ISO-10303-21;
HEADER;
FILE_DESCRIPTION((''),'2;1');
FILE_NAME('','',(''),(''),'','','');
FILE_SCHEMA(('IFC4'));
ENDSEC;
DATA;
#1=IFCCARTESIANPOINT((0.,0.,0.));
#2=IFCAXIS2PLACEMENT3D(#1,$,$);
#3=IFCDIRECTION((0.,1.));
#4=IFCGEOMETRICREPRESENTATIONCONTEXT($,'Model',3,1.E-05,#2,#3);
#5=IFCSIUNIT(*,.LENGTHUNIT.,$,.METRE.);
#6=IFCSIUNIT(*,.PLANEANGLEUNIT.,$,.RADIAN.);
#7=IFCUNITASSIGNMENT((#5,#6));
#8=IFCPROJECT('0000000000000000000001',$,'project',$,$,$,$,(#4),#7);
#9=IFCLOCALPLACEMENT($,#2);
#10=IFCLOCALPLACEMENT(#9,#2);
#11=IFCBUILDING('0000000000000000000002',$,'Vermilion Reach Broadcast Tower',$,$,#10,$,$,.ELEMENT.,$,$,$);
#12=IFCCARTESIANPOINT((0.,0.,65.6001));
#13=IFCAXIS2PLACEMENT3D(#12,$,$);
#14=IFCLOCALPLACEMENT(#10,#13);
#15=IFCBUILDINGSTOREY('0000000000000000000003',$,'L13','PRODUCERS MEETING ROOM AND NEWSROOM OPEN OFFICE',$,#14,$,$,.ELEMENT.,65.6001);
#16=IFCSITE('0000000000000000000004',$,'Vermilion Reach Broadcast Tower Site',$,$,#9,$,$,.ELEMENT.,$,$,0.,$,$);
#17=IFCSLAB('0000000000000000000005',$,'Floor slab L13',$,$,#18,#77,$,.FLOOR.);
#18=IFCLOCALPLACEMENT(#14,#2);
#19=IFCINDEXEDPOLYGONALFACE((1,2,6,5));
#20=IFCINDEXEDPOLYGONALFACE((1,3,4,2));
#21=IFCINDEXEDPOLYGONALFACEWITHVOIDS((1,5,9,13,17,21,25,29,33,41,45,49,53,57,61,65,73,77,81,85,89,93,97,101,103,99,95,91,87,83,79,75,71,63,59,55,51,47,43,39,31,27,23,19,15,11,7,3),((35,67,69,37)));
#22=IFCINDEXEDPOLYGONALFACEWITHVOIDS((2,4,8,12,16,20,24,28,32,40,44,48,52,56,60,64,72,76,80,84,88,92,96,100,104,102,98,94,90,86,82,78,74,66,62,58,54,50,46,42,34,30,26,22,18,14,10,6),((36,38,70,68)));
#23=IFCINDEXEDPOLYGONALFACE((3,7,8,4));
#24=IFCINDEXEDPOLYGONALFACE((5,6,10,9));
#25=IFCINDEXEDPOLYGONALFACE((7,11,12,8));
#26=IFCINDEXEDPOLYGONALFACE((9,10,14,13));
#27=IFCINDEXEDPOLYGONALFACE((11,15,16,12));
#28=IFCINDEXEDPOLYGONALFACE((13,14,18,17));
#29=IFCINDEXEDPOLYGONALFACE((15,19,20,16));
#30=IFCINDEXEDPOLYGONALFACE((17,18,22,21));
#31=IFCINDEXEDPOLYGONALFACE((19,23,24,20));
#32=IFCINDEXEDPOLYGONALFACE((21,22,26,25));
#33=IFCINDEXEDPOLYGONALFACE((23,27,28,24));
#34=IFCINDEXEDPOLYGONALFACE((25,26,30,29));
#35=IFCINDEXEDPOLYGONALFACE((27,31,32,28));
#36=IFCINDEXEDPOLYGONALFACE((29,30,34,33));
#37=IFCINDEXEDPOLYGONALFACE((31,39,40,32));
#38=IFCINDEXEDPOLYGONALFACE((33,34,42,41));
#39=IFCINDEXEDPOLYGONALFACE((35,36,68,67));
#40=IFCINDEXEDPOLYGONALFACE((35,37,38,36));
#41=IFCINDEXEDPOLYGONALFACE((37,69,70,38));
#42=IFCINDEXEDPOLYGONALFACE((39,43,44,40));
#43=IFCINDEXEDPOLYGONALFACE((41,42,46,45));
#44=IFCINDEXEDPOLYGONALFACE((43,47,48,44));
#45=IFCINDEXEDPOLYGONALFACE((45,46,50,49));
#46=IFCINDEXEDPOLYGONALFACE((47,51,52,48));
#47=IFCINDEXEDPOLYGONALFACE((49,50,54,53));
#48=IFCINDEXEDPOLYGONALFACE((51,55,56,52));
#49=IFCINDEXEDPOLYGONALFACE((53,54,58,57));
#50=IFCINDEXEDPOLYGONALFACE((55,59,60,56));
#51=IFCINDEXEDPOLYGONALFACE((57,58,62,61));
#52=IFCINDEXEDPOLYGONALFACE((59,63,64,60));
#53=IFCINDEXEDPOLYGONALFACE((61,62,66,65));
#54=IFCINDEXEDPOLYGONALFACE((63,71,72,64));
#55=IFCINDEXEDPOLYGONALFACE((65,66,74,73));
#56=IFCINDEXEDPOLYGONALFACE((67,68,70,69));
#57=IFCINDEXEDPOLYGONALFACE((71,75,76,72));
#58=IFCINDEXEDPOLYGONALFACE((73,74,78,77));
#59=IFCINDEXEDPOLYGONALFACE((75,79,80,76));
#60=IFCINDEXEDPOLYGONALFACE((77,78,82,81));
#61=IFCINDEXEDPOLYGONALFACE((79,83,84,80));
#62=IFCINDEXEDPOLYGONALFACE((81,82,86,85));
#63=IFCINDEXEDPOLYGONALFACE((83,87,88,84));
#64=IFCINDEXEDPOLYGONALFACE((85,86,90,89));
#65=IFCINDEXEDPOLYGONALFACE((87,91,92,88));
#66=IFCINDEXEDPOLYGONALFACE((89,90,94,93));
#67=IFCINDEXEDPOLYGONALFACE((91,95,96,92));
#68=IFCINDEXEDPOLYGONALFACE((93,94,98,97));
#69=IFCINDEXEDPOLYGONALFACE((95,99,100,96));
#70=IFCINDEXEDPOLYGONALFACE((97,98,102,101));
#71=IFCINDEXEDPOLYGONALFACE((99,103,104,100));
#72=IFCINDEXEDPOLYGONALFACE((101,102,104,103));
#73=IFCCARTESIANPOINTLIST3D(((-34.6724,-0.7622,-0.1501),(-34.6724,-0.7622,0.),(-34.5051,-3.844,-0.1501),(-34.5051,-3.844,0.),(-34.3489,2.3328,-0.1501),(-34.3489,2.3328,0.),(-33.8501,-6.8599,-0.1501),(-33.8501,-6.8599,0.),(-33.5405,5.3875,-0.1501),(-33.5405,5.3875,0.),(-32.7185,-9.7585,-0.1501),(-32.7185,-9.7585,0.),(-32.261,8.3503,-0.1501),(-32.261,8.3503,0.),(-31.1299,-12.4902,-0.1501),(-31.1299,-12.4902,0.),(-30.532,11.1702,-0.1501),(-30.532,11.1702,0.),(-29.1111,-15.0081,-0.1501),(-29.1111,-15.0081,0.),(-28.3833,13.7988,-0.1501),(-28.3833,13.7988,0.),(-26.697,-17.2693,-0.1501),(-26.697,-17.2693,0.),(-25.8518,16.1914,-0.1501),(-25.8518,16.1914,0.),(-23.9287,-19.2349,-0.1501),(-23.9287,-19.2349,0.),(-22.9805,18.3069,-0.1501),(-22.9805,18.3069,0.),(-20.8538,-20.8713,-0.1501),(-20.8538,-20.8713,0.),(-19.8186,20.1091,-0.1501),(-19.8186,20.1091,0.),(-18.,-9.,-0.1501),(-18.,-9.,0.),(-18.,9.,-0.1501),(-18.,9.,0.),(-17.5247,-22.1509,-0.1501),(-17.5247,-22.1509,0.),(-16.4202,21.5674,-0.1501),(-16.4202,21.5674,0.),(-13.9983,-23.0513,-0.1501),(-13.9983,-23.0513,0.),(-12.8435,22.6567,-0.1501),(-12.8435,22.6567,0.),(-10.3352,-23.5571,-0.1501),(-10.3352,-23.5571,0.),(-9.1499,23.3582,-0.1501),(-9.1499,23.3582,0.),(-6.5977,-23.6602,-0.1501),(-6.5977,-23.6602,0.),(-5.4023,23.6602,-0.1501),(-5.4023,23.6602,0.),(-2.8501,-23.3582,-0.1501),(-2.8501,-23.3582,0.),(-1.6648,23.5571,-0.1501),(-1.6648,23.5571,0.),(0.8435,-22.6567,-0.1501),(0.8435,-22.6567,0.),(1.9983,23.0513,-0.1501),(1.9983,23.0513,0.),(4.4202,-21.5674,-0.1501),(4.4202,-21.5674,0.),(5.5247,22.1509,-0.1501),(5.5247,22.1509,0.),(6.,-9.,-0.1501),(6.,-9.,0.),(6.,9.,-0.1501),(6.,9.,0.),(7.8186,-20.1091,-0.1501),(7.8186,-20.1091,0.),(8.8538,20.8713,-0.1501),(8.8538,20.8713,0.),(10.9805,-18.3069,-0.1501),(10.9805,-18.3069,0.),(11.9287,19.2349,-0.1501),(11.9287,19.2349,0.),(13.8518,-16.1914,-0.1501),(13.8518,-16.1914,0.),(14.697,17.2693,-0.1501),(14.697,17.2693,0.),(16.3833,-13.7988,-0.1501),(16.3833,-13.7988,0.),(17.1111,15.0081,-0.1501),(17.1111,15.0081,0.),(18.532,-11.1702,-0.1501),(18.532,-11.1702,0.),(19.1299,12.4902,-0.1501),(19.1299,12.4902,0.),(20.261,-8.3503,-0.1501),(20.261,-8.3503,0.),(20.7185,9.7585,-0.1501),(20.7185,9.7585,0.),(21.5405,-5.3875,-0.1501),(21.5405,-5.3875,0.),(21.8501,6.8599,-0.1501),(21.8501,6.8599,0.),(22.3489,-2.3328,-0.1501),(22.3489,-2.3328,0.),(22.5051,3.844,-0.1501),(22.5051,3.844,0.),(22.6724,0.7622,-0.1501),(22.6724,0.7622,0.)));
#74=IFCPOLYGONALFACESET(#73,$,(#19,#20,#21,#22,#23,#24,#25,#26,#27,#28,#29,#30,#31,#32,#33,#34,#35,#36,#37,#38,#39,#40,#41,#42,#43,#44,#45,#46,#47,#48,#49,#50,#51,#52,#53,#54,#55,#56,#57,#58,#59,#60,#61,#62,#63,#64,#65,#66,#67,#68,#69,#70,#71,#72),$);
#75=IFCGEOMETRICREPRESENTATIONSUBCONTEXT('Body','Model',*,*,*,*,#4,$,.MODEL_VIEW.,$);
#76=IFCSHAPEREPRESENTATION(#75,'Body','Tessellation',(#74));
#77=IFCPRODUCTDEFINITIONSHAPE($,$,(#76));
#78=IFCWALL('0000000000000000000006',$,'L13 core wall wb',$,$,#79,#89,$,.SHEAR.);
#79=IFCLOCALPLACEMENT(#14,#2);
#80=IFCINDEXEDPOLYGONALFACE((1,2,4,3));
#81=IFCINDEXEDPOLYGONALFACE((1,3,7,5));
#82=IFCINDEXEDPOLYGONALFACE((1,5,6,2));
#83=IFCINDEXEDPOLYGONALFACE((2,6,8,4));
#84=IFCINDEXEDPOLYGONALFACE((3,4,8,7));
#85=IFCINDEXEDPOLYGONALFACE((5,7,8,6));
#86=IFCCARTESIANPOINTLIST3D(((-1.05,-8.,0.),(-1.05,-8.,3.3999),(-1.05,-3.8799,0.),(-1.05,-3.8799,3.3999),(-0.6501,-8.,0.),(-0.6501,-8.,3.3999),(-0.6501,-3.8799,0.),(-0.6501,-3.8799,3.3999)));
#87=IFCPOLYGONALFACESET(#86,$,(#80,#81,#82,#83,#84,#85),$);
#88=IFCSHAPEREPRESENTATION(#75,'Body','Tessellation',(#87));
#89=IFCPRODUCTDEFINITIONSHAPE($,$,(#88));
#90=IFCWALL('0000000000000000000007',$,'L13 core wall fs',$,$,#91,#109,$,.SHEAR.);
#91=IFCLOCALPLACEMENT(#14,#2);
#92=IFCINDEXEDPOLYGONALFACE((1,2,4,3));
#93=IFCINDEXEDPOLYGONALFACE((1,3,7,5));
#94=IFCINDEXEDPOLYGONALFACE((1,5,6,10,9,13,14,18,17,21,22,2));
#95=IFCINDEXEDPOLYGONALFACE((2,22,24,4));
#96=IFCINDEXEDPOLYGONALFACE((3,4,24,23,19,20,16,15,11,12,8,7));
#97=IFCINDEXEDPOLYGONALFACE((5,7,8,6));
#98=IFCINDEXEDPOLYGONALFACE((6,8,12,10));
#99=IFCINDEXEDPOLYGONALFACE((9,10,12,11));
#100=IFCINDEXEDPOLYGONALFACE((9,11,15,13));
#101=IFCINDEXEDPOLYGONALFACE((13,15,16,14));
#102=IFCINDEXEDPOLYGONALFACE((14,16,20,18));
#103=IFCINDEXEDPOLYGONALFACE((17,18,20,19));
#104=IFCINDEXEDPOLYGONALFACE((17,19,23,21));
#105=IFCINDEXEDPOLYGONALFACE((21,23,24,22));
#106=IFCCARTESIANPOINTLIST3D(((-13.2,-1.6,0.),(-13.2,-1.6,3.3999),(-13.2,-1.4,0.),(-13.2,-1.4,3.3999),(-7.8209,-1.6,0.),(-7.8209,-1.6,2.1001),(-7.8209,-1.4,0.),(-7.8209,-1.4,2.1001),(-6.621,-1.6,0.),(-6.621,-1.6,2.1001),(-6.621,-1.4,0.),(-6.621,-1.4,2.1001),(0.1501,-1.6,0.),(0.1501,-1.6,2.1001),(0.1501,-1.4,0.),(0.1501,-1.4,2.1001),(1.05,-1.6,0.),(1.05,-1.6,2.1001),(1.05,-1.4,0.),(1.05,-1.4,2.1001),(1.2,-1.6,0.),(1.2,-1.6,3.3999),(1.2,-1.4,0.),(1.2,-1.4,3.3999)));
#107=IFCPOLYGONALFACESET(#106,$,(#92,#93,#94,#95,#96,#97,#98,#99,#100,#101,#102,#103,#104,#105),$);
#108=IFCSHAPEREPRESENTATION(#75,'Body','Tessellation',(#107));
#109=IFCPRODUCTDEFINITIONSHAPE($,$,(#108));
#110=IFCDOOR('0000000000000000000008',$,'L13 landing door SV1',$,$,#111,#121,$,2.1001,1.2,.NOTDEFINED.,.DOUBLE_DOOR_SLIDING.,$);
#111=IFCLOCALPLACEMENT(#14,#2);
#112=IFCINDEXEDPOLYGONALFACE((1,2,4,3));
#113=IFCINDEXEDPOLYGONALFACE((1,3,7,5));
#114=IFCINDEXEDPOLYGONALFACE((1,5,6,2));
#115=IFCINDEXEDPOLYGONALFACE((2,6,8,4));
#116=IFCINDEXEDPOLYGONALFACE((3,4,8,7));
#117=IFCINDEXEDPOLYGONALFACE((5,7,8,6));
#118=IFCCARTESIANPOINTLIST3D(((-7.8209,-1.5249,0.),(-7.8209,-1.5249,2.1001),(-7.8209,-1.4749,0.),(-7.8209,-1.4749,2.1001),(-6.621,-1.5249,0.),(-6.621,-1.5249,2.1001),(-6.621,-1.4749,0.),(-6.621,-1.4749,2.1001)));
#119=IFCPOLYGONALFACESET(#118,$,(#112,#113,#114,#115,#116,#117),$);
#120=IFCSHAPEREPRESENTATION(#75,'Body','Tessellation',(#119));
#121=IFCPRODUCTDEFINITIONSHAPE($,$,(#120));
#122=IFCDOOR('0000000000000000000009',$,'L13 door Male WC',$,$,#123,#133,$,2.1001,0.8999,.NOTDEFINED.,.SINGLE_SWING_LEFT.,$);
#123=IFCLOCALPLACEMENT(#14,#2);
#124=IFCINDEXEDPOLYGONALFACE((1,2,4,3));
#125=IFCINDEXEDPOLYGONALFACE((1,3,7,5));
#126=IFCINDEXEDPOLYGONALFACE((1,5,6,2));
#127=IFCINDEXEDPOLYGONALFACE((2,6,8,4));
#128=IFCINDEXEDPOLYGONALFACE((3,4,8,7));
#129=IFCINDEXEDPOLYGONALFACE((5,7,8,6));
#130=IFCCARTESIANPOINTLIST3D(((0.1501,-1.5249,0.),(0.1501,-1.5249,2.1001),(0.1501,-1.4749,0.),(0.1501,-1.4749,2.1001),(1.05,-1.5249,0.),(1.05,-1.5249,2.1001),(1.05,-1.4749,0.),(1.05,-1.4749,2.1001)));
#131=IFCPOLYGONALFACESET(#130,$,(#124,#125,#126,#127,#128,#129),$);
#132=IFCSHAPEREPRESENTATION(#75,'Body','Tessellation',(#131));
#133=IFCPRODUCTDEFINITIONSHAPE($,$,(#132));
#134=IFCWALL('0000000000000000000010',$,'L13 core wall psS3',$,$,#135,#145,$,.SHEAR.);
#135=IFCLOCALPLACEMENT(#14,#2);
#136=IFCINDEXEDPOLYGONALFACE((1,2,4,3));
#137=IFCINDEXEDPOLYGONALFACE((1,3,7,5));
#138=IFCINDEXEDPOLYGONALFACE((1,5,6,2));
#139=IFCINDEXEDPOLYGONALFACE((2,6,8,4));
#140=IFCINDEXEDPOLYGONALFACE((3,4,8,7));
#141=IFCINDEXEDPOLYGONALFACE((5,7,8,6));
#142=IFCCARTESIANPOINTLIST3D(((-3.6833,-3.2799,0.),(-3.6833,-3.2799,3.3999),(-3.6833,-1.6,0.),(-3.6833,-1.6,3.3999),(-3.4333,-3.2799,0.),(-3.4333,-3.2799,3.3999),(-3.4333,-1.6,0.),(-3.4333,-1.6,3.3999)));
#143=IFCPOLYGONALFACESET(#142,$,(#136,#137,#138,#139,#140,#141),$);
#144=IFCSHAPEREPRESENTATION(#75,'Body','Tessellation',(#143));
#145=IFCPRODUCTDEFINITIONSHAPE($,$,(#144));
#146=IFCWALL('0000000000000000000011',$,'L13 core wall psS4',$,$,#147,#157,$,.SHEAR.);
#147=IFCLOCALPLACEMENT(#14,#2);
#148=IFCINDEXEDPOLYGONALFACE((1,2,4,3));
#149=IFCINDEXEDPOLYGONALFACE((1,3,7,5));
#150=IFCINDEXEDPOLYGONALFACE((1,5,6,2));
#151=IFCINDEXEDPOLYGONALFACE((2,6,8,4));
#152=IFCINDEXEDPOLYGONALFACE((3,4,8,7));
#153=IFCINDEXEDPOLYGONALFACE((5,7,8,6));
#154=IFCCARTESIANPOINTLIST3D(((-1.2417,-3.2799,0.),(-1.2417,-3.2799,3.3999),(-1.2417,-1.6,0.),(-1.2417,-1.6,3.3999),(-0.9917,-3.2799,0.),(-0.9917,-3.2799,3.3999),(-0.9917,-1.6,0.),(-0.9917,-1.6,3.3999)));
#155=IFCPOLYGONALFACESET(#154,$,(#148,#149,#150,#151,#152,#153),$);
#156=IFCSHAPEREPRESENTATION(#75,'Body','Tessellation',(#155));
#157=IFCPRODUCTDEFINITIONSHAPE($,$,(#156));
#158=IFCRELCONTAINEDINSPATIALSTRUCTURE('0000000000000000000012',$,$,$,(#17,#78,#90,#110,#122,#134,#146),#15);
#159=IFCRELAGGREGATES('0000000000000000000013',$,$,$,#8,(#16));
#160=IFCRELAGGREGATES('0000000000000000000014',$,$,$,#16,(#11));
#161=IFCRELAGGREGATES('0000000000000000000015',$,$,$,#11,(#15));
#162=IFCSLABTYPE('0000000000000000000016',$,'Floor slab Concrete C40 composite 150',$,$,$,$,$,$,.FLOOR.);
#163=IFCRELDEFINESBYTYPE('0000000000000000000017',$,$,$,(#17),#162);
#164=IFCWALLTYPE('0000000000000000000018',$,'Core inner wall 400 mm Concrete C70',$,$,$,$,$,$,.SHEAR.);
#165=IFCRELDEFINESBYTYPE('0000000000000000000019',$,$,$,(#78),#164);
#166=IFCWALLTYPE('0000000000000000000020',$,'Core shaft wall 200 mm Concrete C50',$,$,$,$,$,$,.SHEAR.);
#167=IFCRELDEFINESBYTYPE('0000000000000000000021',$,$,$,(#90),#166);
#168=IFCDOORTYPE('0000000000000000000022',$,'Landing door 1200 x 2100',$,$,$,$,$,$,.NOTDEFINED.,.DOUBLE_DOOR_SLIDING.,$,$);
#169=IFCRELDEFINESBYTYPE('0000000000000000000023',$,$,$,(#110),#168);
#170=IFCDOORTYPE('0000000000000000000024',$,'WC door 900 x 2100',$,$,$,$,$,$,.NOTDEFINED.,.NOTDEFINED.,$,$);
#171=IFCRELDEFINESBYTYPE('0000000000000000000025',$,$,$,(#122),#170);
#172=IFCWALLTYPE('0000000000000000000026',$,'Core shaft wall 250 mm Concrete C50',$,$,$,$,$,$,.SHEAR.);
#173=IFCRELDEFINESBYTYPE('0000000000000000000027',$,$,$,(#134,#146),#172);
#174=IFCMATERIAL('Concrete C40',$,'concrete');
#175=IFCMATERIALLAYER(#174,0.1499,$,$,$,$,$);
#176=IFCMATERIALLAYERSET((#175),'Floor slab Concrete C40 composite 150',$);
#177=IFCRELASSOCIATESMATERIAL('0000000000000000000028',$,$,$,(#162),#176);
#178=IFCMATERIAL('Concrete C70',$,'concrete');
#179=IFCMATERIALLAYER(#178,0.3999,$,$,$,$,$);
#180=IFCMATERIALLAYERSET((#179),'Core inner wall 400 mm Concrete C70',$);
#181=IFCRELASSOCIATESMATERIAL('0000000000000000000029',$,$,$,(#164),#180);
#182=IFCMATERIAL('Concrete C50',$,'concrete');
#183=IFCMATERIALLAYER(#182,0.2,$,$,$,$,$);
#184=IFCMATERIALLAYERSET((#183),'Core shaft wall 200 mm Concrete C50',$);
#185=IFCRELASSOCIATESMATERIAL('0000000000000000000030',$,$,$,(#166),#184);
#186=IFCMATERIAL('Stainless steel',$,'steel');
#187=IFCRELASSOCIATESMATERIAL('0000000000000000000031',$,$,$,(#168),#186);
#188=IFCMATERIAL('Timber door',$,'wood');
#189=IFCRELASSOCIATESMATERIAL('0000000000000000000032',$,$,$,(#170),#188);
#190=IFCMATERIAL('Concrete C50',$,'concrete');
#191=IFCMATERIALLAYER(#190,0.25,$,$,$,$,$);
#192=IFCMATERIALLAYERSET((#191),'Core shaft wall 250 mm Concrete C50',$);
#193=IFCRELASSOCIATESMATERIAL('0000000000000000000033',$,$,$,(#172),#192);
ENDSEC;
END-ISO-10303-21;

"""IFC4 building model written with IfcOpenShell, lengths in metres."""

from ifc_helpers import new_model, si_unit, direction, frame, frame_2d, origin, place, context, subcontext, project, spatial, polyline, rectangle, outline, extrude, material, layer, layer_set, type_object, element, fill, save


model = new_model("IFC4")

# Units and contexts
model_context = context("Model", 3, precision=1e-05, world=origin(), true_north=direction((0.0, 1.0)))
body_context = subcontext(model_context, "Body", "Model", "MODEL_VIEW")
ifc_project = project(units=[si_unit("LENGTHUNIT", "METRE"), si_unit("PLANEANGLEUNIT", "RADIAN")], contexts=[model_context])

# Site, building, storey
site_placement = place(None, origin())
site = spatial("IfcSite", under=ifc_project, at=site_placement, Name="Vermilion Reach Broadcast Tower Site", CompositionType="ELEMENT", RefElevation=0.0)
building_placement = place(site_placement, origin())
building = spatial("IfcBuilding", under=site, at=building_placement, Name="Vermilion Reach Broadcast Tower", CompositionType="ELEMENT")
storey_placement = place(building_placement, frame((0.0, 0.0, 65.6001)))
storey = spatial("IfcBuildingStorey", under=building, at=storey_placement, Name="L13", Description="PRODUCERS MEETING ROOM AND NEWSROOM OPEN OFFICE", CompositionType="ELEMENT", Elevation=65.6001)

# Slab
ifc_material_1 = material(Name="Concrete C40", Category="concrete")
ifc_layer_1 = layer(ifc_material_1, 0.1499)
ifc_layer_set_1 = layer_set([ifc_layer_1], Name="Floor slab Concrete C40 composite 150")
slab_type_1 = type_object("IfcSlabType", Name="Floor slab Concrete C40 composite 150", PredefinedType="FLOOR", material=ifc_layer_set_1)
slab_1_placement = place(storey_placement, frame((0.0, 0.0, -0.1501)))
element("IfcSlab", 1, at=slab_1_placement, inside=storey, type_object=slab_type_1, Name="Floor slab L13", PredefinedType="FLOOR", context=body_context, shape_type="SweptSolid", body=[
    extrude(outline(polyline([(22.5051, 3.844), (21.8501, 6.8599), (20.7185, 9.7585), (19.1299, 12.4902), (17.1111, 15.0081), (14.697, 17.2693), (11.9287, 19.2349), (8.8538, 20.8713), (5.5247, 22.1509), (1.9983, 23.0513), (-1.6648, 23.5571), (-5.4023, 23.6602), (-9.1499, 23.3582), (-12.8435, 22.6567), (-16.4202, 21.5674), (-19.8186, 20.1091), (-22.9805, 18.3069), (-25.8518, 16.1914), (-28.3833, 13.7988), (-30.532, 11.1702), (-32.261, 8.3503), (-33.5405, 5.3875), (-34.3489, 2.3328), (-34.6724, -0.7622), (-34.5051, -3.844), (-33.8501, -6.8599), (-32.7185, -9.7585), (-31.1299, -12.4902), (-29.1111, -15.0081), (-26.697, -17.2693), (-23.9287, -19.2349), (-20.8538, -20.8713), (-17.5247, -22.1509), (-13.9983, -23.0513), (-10.3352, -23.5571), (-6.5977, -23.6602), (-2.8501, -23.3582), (0.8435, -22.6567), (4.4202, -21.5674), (7.8186, -20.1091), (10.9805, -18.3069), (13.8518, -16.1914), (16.3833, -13.7988), (18.532, -11.1702), (20.261, -8.3503), (21.5405, -5.3875), (22.3489, -2.3328), (22.6724, 0.7622), (22.5051, 3.844)]), holes=[polyline([(-18.0, -9.0), (6.0, -9.0), (6.0, 9.0), (-18.0, 9.0), (-18.0, -9.0)])]), origin(), (0.0, 0.0, 1.0), 0.1501),
])

# Wall
ifc_material_2 = material(Name="Concrete C70", Category="concrete")
ifc_layer_2 = layer(ifc_material_2, 0.3999)
ifc_layer_set_2 = layer_set([ifc_layer_2], Name="Core inner wall 400 mm Concrete C70")
wall_type_1 = type_object("IfcWallType", Name="Core inner wall 400 mm Concrete C70", PredefinedType="SHEAR", material=ifc_layer_set_2)
wall_1_placement = place(storey_placement, frame((-0.8501, -3.8799, 0.0), z_axis=(0.0, 0.0, 1.0), x_axis=(0.0, -1.0, 0.0)))
element("IfcWall", 2, at=wall_1_placement, inside=storey, type_object=wall_type_1, Name="L13 core wall wb", PredefinedType="SHEAR", context=body_context, shape_type="SweptSolid", body=[
    extrude(rectangle(XDim=4.1201, YDim=0.3999, at=frame_2d((2.0601, 0.0))), origin(), (0.0, 0.0, 1.0), 3.3999),
])

# Wall, openings, doors
ifc_material_3 = material(Name="Concrete C50", Category="concrete")
ifc_layer_3 = layer(ifc_material_3, 0.2)
ifc_layer_set_3 = layer_set([ifc_layer_3], Name="Core shaft wall 200 mm Concrete C50")
wall_type_2 = type_object("IfcWallType", Name="Core shaft wall 200 mm Concrete C50", PredefinedType="SHEAR", material=ifc_layer_set_3)
wall_2_placement = place(storey_placement, frame((1.2, -1.5, 0.0), z_axis=(0.0, 0.0, 1.0), x_axis=(-1.0, 0.0, 0.0)))
wall_2 = element("IfcWall", 3, at=wall_2_placement, inside=storey, type_object=wall_type_2, Name="L13 core wall fs", PredefinedType="SHEAR", context=body_context, shape_type="SweptSolid", body=[
    extrude(rectangle(XDim=14.3999, YDim=0.2, at=frame_2d((7.2, 0.0))), origin(), (0.0, 0.0, 1.0), 3.3999),
])
opening_1_placement = place(wall_2_placement, frame((7.8208, 0.0, 0.0)))
opening_1 = element("IfcOpeningElement", 4, at=opening_1_placement, cuts=wall_2, PredefinedType="OPENING", context=body_context, shape_type="SweptSolid", body=[
    extrude(rectangle(XDim=1.2, YDim=2.1001, at=frame_2d((0.6001, 1.05))), frame((0.0, 0.1099, 0.0), z_axis=(0.0, -1.0, 0.0), x_axis=(1.0, 0.0, 0.0)), (0.0, 0.0, 1.0), 0.22),
])
opening_2_placement = place(wall_2_placement, frame((0.1499, 0.0, 0.0)))
opening_2 = element("IfcOpeningElement", 5, at=opening_2_placement, cuts=wall_2, PredefinedType="OPENING", context=body_context, shape_type="SweptSolid", body=[
    extrude(rectangle(XDim=0.8999, YDim=2.1001, at=frame_2d((0.45, 1.05))), frame((0.0, 0.1099, 0.0), z_axis=(0.0, -1.0, 0.0), x_axis=(1.0, 0.0, 0.0)), (0.0, 0.0, 1.0), 0.22),
])
ifc_material_4 = material(Name="Stainless steel", Category="steel")
door_type_1 = type_object("IfcDoorType", Name="Landing door 1200 x 2100", OperationType="DOUBLE_DOOR_SLIDING", PredefinedType="NOTDEFINED", material=ifc_material_4)
door_1_placement = place(opening_1_placement, origin())
door_1 = element("IfcDoor", 6, at=door_1_placement, inside=storey, type_object=door_type_1, Name="L13 landing door SV1", OperationType="DOUBLE_DOOR_SLIDING", OverallHeight=2.1001, OverallWidth=1.2, PredefinedType="NOTDEFINED", context=body_context, shape_type="SweptSolid", body=[
    extrude(rectangle(XDim=1.2, YDim=2.1001, at=frame_2d((0.6001, 1.05))), frame((0.0, 0.0249, 0.0), z_axis=(0.0, -1.0, 0.0), x_axis=(1.0, 0.0, 0.0)), (0.0, 0.0, 1.0), 0.05),
])
fill(opening_1, door_1)
ifc_material_5 = material(Name="Timber door", Category="wood")
door_type_2 = type_object("IfcDoorType", Name="WC door 900 x 2100", OperationType="NOTDEFINED", PredefinedType="NOTDEFINED", material=ifc_material_5)
door_2_placement = place(opening_2_placement, origin())
door_2 = element("IfcDoor", 7, at=door_2_placement, inside=storey, type_object=door_type_2, Name="L13 door Male WC", OperationType="SINGLE_SWING_LEFT", OverallHeight=2.1001, OverallWidth=0.8999, PredefinedType="NOTDEFINED", context=body_context, shape_type="SweptSolid", body=[
    extrude(rectangle(XDim=0.8999, YDim=2.1001, at=frame_2d((0.45, 1.05))), frame((0.0, 0.0249, 0.0), z_axis=(0.0, -1.0, 0.0), x_axis=(1.0, 0.0, 0.0)), (0.0, 0.0, 1.0), 0.05),
])
fill(opening_2, door_2)

# Walls
ifc_material_6 = material(Name="Concrete C50", Category="concrete")
ifc_layer_4 = layer(ifc_material_6, 0.25)
ifc_layer_set_4 = layer_set([ifc_layer_4], Name="Core shaft wall 250 mm Concrete C50")
wall_type_3 = type_object("IfcWallType", Name="Core shaft wall 250 mm Concrete C50", PredefinedType="SHEAR", material=ifc_layer_set_4)
for number, where, z_axis, x_axis, name in (
    (8, (-3.5583, -1.6001, 0.0), (0.0, 0.0, 1.0), (0.0, -1.0, 0.0), "L13 core wall psS3"),
    (9, (-1.1167, -1.6001, 0.0), (0.0, 0.0, 1.0), (0.0, -1.0, 0.0), "L13 core wall psS4"),
):
    element("IfcWall", number, at=place(storey_placement, frame(where, z_axis=z_axis, x_axis=x_axis)), inside=storey, type_object=wall_type_3, Name=name, PredefinedType="SHEAR", context=body_context, shape_type="SweptSolid", body=[
        extrude(rectangle(XDim=1.6799, YDim=0.25, at=frame_2d((0.8398, 0.0))), origin(), (0.0, 0.0, 1.0), 3.3999),
    ])

save(model, "model.ifc")
